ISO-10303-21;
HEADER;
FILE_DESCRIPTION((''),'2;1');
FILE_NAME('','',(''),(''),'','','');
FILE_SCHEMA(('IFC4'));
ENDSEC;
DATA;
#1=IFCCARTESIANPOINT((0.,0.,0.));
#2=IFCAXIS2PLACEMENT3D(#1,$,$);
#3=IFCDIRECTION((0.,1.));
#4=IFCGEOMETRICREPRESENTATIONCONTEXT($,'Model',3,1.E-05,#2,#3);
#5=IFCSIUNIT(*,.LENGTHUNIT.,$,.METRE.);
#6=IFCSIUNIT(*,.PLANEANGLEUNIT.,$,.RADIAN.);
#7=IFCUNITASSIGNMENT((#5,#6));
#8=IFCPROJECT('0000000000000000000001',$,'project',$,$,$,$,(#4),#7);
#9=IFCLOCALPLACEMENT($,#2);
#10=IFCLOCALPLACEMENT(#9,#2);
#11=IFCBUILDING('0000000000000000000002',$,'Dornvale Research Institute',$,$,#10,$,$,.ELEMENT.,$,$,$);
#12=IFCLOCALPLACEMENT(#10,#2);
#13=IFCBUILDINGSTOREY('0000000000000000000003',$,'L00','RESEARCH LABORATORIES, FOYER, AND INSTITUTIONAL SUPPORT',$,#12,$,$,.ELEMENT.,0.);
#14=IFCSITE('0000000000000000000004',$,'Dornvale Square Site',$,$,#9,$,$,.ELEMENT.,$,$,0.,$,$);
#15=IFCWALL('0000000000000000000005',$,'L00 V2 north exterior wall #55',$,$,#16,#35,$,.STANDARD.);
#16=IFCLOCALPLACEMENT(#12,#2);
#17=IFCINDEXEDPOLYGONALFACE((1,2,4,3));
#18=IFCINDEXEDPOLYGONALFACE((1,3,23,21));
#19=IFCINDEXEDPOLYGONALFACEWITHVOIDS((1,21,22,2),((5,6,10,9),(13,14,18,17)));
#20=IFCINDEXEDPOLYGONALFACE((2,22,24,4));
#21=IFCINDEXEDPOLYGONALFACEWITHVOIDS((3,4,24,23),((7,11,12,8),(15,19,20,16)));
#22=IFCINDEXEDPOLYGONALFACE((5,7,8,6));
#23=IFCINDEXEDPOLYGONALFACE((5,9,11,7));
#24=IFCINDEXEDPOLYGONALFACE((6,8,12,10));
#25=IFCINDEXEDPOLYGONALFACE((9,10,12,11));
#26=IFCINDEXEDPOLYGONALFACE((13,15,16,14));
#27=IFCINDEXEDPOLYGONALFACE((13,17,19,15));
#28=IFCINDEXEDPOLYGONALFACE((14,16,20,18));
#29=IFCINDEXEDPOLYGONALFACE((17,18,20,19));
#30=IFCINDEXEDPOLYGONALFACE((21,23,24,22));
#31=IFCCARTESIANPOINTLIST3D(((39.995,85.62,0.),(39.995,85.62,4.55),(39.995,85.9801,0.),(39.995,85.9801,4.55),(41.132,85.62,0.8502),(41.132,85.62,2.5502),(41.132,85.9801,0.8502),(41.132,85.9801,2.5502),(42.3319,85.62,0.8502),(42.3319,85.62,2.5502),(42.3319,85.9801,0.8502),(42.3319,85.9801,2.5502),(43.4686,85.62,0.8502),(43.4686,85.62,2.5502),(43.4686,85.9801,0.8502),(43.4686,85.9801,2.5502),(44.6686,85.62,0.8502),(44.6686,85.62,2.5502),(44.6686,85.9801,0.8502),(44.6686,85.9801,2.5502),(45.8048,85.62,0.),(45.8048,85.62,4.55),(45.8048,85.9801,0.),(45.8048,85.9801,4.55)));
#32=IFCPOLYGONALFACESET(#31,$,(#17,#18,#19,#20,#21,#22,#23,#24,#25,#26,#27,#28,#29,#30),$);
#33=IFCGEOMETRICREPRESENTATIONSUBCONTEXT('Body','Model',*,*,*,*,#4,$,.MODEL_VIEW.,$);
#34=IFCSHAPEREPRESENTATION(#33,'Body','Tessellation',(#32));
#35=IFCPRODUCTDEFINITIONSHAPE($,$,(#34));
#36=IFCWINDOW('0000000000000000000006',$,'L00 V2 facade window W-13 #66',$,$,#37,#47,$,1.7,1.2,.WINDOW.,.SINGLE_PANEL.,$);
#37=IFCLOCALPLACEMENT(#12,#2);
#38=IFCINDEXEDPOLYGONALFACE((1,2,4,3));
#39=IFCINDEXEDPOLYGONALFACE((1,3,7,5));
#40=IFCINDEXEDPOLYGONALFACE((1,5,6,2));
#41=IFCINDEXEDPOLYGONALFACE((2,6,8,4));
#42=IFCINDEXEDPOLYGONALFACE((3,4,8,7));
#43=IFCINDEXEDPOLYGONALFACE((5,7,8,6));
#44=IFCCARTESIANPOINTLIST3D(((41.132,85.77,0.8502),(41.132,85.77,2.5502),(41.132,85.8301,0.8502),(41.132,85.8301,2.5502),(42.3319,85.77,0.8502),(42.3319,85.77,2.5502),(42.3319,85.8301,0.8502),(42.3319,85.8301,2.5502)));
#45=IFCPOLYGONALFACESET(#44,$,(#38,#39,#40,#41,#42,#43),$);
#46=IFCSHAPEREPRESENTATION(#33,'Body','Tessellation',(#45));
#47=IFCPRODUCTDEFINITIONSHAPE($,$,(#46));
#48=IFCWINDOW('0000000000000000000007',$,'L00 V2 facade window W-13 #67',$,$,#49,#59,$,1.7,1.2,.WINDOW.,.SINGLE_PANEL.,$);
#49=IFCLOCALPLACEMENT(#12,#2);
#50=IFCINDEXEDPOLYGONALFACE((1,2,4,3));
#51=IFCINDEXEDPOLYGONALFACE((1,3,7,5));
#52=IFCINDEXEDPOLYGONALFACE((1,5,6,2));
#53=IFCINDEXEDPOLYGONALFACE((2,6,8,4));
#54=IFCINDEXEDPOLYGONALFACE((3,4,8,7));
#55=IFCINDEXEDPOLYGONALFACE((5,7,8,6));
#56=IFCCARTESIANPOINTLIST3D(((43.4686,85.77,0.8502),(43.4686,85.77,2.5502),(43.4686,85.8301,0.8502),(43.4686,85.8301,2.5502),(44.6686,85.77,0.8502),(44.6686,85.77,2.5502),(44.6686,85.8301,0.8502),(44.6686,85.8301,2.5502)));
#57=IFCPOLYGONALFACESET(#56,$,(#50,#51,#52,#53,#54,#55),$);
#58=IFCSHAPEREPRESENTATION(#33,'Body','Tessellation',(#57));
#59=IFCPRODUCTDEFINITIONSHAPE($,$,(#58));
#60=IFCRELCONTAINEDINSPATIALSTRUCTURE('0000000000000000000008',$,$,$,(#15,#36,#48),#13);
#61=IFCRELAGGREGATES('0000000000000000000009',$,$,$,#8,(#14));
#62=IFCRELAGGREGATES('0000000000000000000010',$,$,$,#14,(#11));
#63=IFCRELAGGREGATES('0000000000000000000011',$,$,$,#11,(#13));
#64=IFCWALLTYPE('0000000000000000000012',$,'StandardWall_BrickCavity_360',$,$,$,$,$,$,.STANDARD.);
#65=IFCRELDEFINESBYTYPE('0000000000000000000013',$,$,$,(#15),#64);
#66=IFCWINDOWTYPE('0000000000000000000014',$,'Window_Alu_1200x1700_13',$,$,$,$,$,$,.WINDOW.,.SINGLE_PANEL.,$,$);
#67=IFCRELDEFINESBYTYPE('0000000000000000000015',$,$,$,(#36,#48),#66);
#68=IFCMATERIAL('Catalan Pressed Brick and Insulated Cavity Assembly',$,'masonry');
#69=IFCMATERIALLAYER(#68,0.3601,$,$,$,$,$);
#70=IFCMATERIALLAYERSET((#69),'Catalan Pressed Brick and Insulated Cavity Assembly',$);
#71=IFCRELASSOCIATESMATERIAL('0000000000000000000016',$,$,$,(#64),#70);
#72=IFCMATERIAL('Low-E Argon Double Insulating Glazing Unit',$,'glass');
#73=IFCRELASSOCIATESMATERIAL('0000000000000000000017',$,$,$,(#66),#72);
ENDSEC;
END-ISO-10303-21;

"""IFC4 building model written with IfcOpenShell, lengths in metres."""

from ifc_helpers import new_model, si_unit, direction, frame, frame_2d, origin, place, context, subcontext, project, spatial, rectangle, extrude, material, layer, layer_set, type_object, element, fill, save


model = new_model("IFC4")

# Units and contexts
model_context = context("Model", 3, precision=1e-05, world=origin(), true_north=direction((0.0, 1.0)))
body_context = subcontext(model_context, "Body", "Model", "MODEL_VIEW")
ifc_project = project(units=[si_unit("LENGTHUNIT", "METRE"), si_unit("PLANEANGLEUNIT", "RADIAN")], contexts=[model_context])

# Site, building, storey
site_placement = place(None, origin())
site = spatial("IfcSite", under=ifc_project, at=site_placement, Name="Dornvale Square Site", CompositionType="ELEMENT", RefElevation=0.0)
building_placement = place(site_placement, origin())
building = spatial("IfcBuilding", under=site, at=building_placement, Name="Dornvale Research Institute", CompositionType="ELEMENT")
storey_placement = place(building_placement, origin())
storey = spatial("IfcBuildingStorey", under=building, at=storey_placement, Name="L00", Description="RESEARCH LABORATORIES, FOYER, AND INSTITUTIONAL SUPPORT", CompositionType="ELEMENT", Elevation=0.0)

# Shared definitions
ifc_material_1 = material(Name="Catalan Pressed Brick and Insulated Cavity Assembly", Category="masonry")
ifc_layer_1 = layer(ifc_material_1, 0.3601)
ifc_layer_set_1 = layer_set([ifc_layer_1], Name="Catalan Pressed Brick and Insulated Cavity Assembly")
wall_type_1 = type_object("IfcWallType", Name="StandardWall_BrickCavity_360", PredefinedType="STANDARD", material=ifc_layer_set_1)

# Wall, openings, windows
wall_1_placement = place(storey_placement, frame((39.9951, 85.8, 0.0), z_axis=(0.0, 0.0, 1.0), x_axis=(1.0, 0.0, 0.0)))
wall_1 = element("IfcWall", 1, at=wall_1_placement, inside=storey, type_object=wall_type_1, Name="L00 V2 north exterior wall #55", PredefinedType="STANDARD", context=body_context, shape_type="SweptSolid", body=[
    extrude(rectangle(XDim=5.8098, YDim=0.3601, at=frame_2d((2.9048, 0.0))), origin(), (0.0, 0.0, 1.0), 4.55),
])
opening_1_placement = place(wall_1_placement, frame((1.1367, 0.0, 0.8501)))
opening_1 = element("IfcOpeningElement", 2, at=opening_1_placement, cuts=wall_1, PredefinedType="OPENING", context=body_context, shape_type="SweptSolid", body=[
    extrude(rectangle(XDim=1.2, YDim=1.7, at=frame_2d((0.6001, 0.8501))), frame((0.0, 0.1951, 0.0), z_axis=(0.0, -1.0, 0.0), x_axis=(1.0, 0.0, 0.0)), (0.0, 0.0, 1.0), 0.3901),
])
opening_2_placement = place(wall_1_placement, frame((3.4734, 0.0, 0.8501)))
opening_2 = element("IfcOpeningElement", 3, at=opening_2_placement, cuts=wall_1, PredefinedType="OPENING", context=body_context, shape_type="SweptSolid", body=[
    extrude(rectangle(XDim=1.2, YDim=1.7, at=frame_2d((0.6001, 0.8501))), frame((0.0, 0.1951, 0.0), z_axis=(0.0, -1.0, 0.0), x_axis=(1.0, 0.0, 0.0)), (0.0, 0.0, 1.0), 0.3901),
])
ifc_material_2 = material(Name="Low-E Argon Double Insulating Glazing Unit", Category="glass")
window_type_1 = type_object("IfcWindowType", Name="Window_Alu_1200x1700_13", PartitioningType="SINGLE_PANEL", PredefinedType="WINDOW", material=ifc_material_2)
window_1_placement = place(opening_1_placement, origin())
window_1 = element("IfcWindow", 4, at=window_1_placement, inside=storey, type_object=window_type_1, Name="L00 V2 facade window W-13 #66", OverallHeight=1.7, OverallWidth=1.2, PartitioningType="SINGLE_PANEL", PredefinedType="WINDOW", context=body_context, shape_type="SweptSolid", body=[
    extrude(rectangle(XDim=1.2, YDim=1.7, at=frame_2d((0.6001, 0.8501))), frame((0.0, 0.03, 0.0), z_axis=(0.0, -1.0, 0.0), x_axis=(1.0, 0.0, 0.0)), (0.0, 0.0, 1.0), 0.0601),
])
fill(opening_1, window_1)
window_2_placement = place(opening_2_placement, origin())
window_2 = element("IfcWindow", 5, at=window_2_placement, inside=storey, type_object=window_type_1, Name="L00 V2 facade window W-13 #67", OverallHeight=1.7, OverallWidth=1.2, PartitioningType="SINGLE_PANEL", PredefinedType="WINDOW", context=body_context, shape_type="SweptSolid", body=[
    extrude(rectangle(XDim=1.2, YDim=1.7, at=frame_2d((0.6001, 0.8501))), frame((0.0, 0.03, 0.0), z_axis=(0.0, -1.0, 0.0), x_axis=(1.0, 0.0, 0.0)), (0.0, 0.0, 1.0), 0.0601),
])
fill(opening_2, window_2)

save(model, "model.ifc")
